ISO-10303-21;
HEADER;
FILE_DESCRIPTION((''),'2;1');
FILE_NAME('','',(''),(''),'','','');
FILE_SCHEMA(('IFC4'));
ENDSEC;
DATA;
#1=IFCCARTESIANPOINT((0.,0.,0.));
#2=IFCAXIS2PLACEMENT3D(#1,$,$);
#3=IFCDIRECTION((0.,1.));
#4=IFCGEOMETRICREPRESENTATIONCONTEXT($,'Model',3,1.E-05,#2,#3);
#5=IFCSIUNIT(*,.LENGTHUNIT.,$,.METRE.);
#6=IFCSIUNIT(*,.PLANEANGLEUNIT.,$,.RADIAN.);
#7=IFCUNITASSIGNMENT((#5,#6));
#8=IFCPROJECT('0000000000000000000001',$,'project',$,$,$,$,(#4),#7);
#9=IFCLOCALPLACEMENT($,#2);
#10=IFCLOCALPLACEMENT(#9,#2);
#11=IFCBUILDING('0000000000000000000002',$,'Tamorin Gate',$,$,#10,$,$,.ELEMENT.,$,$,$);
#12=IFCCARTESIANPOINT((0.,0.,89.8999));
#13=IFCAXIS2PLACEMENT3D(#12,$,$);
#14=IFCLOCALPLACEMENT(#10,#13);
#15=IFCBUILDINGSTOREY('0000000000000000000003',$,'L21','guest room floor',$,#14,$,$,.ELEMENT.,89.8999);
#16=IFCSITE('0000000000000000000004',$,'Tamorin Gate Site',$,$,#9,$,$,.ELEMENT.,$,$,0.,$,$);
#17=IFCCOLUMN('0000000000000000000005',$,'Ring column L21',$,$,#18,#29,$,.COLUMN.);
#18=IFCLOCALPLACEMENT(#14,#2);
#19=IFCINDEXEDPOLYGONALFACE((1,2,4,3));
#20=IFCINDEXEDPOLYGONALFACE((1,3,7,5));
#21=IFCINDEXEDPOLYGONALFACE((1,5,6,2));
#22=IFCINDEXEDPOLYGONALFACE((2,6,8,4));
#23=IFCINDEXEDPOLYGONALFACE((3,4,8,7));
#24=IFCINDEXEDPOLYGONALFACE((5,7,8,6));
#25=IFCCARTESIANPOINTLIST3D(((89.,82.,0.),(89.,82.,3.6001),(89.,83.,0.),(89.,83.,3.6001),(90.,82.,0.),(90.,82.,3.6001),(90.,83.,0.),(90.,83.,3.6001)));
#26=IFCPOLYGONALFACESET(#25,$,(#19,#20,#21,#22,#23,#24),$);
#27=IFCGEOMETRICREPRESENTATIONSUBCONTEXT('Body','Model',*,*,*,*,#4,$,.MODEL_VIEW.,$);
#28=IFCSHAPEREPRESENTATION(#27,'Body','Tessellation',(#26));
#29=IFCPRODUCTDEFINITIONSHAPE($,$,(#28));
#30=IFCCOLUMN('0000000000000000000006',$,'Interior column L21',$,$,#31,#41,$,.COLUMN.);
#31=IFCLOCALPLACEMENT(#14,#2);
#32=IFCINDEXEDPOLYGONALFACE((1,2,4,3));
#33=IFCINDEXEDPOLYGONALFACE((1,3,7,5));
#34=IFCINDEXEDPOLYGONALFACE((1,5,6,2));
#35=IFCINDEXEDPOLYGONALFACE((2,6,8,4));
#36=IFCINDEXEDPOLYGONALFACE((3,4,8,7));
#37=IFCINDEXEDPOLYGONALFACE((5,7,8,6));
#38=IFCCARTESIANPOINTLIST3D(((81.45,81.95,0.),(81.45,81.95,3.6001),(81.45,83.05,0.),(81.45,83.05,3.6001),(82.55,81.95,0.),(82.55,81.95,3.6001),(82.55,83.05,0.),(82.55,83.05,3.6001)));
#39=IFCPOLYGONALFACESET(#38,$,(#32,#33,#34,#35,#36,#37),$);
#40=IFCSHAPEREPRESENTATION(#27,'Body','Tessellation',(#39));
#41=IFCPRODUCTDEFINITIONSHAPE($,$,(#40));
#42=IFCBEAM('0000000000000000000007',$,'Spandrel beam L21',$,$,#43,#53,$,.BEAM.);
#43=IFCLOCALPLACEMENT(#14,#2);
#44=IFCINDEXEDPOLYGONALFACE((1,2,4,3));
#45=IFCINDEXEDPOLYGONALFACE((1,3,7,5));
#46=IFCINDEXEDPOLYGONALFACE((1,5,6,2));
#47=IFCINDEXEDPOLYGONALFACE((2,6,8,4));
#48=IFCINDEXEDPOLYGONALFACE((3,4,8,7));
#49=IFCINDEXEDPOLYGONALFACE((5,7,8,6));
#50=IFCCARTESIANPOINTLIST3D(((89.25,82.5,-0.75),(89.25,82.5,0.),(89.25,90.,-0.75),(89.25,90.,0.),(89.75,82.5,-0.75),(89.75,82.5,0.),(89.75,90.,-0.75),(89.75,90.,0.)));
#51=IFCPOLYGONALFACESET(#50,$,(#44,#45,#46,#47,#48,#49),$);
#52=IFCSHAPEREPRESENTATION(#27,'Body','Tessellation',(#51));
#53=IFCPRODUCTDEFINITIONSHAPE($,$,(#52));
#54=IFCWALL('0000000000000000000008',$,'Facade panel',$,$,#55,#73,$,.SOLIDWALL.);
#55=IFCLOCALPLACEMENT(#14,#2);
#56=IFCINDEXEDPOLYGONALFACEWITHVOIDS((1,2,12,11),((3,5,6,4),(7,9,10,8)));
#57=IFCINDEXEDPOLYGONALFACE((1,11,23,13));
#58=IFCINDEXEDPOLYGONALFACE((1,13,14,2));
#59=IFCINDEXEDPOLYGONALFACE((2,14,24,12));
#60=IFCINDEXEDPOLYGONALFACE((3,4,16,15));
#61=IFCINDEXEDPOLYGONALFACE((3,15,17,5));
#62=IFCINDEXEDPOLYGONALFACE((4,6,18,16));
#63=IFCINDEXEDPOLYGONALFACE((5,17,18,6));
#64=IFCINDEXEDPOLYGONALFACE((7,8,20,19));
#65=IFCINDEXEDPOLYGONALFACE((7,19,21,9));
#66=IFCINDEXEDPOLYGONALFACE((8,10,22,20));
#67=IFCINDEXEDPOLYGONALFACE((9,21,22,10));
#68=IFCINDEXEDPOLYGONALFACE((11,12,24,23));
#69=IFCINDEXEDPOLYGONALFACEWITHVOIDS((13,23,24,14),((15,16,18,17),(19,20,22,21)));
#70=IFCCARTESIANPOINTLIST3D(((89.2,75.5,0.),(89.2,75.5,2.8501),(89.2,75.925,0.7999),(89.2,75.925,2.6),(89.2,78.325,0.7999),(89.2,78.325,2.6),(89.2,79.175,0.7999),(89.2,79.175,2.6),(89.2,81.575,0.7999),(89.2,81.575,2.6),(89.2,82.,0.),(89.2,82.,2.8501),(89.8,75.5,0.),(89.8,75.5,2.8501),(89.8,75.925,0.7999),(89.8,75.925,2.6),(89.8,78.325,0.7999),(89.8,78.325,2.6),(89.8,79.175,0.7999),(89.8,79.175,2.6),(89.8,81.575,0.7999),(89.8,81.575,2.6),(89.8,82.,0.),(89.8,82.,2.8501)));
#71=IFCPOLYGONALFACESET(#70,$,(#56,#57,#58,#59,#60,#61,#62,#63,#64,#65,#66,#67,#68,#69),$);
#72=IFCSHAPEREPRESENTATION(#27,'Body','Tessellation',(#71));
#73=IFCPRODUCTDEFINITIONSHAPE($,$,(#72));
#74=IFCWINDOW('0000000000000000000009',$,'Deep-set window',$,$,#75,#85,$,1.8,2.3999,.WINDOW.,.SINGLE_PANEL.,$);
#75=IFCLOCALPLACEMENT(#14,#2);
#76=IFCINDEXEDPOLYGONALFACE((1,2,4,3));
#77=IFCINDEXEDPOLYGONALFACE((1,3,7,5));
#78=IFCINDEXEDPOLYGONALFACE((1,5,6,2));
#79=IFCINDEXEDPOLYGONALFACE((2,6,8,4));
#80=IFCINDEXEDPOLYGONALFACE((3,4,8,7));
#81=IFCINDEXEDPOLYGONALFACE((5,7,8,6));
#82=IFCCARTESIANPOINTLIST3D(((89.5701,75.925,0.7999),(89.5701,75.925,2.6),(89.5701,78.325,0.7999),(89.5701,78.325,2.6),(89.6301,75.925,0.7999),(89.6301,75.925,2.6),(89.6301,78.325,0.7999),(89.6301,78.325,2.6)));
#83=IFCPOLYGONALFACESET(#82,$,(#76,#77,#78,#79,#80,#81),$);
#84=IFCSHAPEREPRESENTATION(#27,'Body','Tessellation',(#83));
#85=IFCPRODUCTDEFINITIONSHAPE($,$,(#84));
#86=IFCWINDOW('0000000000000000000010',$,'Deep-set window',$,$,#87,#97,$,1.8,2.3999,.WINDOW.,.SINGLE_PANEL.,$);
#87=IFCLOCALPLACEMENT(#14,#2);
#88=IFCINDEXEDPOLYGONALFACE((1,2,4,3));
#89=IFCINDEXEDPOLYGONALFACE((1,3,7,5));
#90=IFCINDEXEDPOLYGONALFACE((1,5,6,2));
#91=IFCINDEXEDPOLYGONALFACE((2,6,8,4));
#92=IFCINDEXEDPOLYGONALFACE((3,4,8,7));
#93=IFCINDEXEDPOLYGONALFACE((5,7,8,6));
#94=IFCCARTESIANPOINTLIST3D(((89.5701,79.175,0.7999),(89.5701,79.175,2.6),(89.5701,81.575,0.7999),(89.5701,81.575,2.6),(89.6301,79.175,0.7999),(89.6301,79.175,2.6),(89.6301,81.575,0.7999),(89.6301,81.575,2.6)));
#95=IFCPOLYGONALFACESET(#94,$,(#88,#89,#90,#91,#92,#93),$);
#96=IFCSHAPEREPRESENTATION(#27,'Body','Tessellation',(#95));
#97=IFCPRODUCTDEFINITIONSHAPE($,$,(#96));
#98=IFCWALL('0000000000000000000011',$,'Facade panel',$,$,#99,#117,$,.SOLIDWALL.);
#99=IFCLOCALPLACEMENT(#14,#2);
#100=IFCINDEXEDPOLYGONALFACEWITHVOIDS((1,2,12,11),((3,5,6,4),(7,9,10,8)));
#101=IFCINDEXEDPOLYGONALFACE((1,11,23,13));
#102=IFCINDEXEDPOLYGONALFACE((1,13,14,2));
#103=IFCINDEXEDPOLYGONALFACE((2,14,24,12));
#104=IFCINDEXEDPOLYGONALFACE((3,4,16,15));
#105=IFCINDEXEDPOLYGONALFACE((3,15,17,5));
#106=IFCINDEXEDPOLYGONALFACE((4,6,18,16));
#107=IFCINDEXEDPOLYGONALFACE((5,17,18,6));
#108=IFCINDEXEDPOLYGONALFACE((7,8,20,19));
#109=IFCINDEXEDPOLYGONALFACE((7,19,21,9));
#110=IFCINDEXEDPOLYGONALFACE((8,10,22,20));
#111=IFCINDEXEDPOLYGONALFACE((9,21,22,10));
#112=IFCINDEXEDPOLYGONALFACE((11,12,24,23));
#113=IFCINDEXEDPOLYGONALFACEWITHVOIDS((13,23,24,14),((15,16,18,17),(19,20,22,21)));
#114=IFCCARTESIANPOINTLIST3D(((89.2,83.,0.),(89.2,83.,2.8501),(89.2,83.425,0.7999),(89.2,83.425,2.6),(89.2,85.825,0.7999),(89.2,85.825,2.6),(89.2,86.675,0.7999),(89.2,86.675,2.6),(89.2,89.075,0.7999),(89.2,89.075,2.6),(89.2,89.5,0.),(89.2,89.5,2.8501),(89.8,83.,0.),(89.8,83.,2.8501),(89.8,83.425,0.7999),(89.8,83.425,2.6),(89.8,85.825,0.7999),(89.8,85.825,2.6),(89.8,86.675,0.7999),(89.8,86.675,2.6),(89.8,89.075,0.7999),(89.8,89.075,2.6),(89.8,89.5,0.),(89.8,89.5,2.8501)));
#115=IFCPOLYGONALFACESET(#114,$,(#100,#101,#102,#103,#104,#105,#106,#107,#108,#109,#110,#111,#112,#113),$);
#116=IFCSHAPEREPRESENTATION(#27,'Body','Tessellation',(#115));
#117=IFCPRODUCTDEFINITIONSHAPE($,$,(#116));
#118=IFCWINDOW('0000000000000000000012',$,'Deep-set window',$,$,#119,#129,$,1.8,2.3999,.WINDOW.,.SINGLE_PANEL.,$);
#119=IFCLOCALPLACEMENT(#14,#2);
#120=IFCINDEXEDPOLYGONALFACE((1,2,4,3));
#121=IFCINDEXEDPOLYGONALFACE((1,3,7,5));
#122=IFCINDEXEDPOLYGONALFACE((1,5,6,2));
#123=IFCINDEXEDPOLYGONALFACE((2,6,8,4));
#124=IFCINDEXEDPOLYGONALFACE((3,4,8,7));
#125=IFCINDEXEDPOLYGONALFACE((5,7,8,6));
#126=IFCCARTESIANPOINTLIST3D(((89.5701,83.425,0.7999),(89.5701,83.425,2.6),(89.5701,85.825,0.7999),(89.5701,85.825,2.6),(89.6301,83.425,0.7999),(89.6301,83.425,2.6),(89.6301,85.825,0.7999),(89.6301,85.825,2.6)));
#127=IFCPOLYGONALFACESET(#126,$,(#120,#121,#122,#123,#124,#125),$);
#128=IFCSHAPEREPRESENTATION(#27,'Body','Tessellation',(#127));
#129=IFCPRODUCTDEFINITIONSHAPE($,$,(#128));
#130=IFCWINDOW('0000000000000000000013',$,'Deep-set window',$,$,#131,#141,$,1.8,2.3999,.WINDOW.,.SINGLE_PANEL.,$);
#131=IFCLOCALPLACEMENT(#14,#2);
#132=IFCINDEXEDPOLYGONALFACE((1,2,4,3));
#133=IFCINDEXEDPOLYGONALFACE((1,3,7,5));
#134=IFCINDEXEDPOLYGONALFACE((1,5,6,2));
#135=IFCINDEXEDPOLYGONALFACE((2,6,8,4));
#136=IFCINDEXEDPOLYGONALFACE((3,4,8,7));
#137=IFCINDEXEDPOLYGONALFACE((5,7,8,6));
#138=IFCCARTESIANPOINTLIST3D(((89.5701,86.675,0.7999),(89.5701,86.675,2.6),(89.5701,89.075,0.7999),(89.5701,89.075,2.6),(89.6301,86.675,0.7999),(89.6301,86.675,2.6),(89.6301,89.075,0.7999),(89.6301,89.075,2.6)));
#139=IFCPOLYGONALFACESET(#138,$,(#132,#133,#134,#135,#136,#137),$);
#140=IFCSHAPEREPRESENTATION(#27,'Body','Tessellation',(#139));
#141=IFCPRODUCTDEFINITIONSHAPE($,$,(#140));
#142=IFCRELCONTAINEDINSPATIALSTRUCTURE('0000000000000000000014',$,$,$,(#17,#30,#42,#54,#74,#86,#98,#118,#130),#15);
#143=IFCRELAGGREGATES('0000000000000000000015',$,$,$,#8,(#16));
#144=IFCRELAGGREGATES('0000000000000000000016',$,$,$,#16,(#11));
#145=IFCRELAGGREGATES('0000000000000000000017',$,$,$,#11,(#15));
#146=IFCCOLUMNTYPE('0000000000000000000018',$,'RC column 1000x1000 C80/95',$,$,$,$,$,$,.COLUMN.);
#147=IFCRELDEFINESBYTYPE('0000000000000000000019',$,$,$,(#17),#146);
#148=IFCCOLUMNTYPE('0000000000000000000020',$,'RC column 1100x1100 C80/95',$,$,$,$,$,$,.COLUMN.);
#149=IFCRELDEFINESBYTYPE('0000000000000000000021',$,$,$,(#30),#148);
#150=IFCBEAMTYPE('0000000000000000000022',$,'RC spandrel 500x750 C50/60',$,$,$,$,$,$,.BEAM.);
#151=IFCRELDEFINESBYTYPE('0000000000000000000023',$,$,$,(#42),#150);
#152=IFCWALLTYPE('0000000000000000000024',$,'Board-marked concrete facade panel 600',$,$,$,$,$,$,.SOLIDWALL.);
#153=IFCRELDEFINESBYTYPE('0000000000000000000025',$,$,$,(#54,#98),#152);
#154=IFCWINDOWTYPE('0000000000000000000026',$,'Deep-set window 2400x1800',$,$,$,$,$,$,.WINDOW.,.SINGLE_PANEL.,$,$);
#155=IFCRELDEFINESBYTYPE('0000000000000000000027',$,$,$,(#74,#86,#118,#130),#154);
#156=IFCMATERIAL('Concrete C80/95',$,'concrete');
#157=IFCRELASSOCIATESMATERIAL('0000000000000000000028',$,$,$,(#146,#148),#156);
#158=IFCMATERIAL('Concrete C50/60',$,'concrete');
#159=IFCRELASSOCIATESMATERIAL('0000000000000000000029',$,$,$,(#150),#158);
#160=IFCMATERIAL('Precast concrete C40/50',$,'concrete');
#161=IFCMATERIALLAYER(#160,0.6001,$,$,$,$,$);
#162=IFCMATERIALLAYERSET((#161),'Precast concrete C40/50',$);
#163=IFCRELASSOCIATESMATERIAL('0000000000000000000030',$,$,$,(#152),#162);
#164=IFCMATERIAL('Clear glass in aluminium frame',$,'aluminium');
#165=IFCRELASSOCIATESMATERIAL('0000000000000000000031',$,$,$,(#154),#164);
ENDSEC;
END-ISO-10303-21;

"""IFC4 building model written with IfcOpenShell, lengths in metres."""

from ifc_helpers import new_model, si_unit, direction, frame, frame_2d, origin, origin_2d, place, context, subcontext, project, spatial, rectangle, extrude, material, layer, layer_set, material_profile, profile_set, type_object, element, fill, save


model = new_model("IFC4")

# Units and contexts
model_context = context("Model", 3, precision=1e-05, world=origin(), true_north=direction((0.0, 1.0)))
body_context = subcontext(model_context, "Body", "Model", "MODEL_VIEW")
ifc_project = project(units=[si_unit("LENGTHUNIT", "METRE"), si_unit("PLANEANGLEUNIT", "RADIAN")], contexts=[model_context])

# Site, building, storey
site_placement = place(None, origin())
site = spatial("IfcSite", under=ifc_project, at=site_placement, Name="Tamorin Gate Site", CompositionType="ELEMENT", RefElevation=0.0)
building_placement = place(site_placement, origin())
building = spatial("IfcBuilding", under=site, at=building_placement, Name="Tamorin Gate", CompositionType="ELEMENT")
storey_placement = place(building_placement, frame((0.0, 0.0, 89.8999)))
storey = spatial("IfcBuildingStorey", under=building, at=storey_placement, Name="L21", Description="guest room floor", CompositionType="ELEMENT", Elevation=89.8999)

# Columns
ifc_material_1 = material(Name="Concrete C80/95", Category="concrete")
ifc_material_profile_1 = material_profile(ifc_material_1, rectangle(XDim=1.0, YDim=1.0, at=origin_2d()), Name="RC 1000x1000")
ifc_profile_set_1 = profile_set([ifc_material_profile_1], Name="Concrete C80/95")
column_type_1 = type_object("IfcColumnType", Name="RC column 1000x1000 C80/95", PredefinedType="COLUMN", material=ifc_profile_set_1)
column_1_placement = place(storey_placement, frame((89.5, 82.5, 0.0), z_axis=(0.0, 0.0, 1.0), x_axis=(1.0, 0.0, 0.0)))
element("IfcColumn", 1, at=column_1_placement, inside=storey, type_object=column_type_1, Name="Ring column L21", PredefinedType="COLUMN", context=body_context, shape_type="SweptSolid", body=[
    extrude(rectangle(XDim=1.0, YDim=1.0, at=origin_2d()), origin(), (0.0, 0.0, 1.0), 3.6001),
])
ifc_material_profile_2 = material_profile(ifc_material_1, rectangle(XDim=1.1001, YDim=1.1001, at=origin_2d()), Name="RC 1100x1100")
ifc_profile_set_2 = profile_set([ifc_material_profile_2], Name="Concrete C80/95")
column_type_2 = type_object("IfcColumnType", Name="RC column 1100x1100 C80/95", PredefinedType="COLUMN", material=ifc_profile_set_2)
column_2_placement = place(storey_placement, frame((82.0, 82.5, 0.0), z_axis=(0.0, 0.0, 1.0), x_axis=(1.0, 0.0, 0.0)))
element("IfcColumn", 2, at=column_2_placement, inside=storey, type_object=column_type_2, Name="Interior column L21", PredefinedType="COLUMN", context=body_context, shape_type="SweptSolid", body=[
    extrude(rectangle(XDim=1.1001, YDim=1.1001, at=origin_2d()), origin(), (0.0, 0.0, 1.0), 3.6001),
])

# Beam
ifc_material_2 = material(Name="Concrete C50/60", Category="concrete")
ifc_material_profile_3 = material_profile(ifc_material_2, rectangle(XDim=0.5, YDim=0.75, at=origin_2d()), Name="RC 500x750")
ifc_profile_set_3 = profile_set([ifc_material_profile_3], Name="Concrete C50/60")
beam_type = type_object("IfcBeamType", Name="RC spandrel 500x750 C50/60", PredefinedType="BEAM", material=ifc_profile_set_3)
beam_placement = place(storey_placement, frame((89.5, 82.5, -0.375), z_axis=(0.0, 1.0, 0.0), x_axis=(-1.0, 0.0, 0.0)))
element("IfcBeam", 3, at=beam_placement, inside=storey, type_object=beam_type, Name="Spandrel beam L21", PredefinedType="BEAM", context=body_context, shape_type="SweptSolid", body=[
    extrude(rectangle(XDim=0.5, YDim=0.75, at=origin_2d()), origin(), (0.0, 0.0, 1.0), 7.5),
])

# Walls, openings, windows
ifc_material_3 = material(Name="Precast concrete C40/50", Category="concrete")
ifc_layer_1 = layer(ifc_material_3, 0.6001)
ifc_layer_set_1 = layer_set([ifc_layer_1], Name="Precast concrete C40/50")
wall_type_1 = type_object("IfcWallType", Name="Board-marked concrete facade panel 600", PredefinedType="SOLIDWALL", material=ifc_layer_set_1)
wall_1_placement = place(storey_placement, frame((89.5, 75.5, 0.0), z_axis=(0.0, 0.0, 1.0), x_axis=(0.0, 1.0, 0.0)))
wall_1 = element("IfcWall", 4, at=wall_1_placement, inside=storey, type_object=wall_type_1, Name="Facade panel", PredefinedType="SOLIDWALL", context=body_context, shape_type="SweptSolid", body=[
    extrude(rectangle(XDim=6.5, YDim=0.6001, at=frame_2d((3.25, 0.0))), origin(), (0.0, 0.0, 1.0), 2.8501),
])
opening_1_placement = place(wall_1_placement, frame((0.425, 0.0, 0.8)))
opening_1 = element("IfcOpeningElement", 5, at=opening_1_placement, cuts=wall_1, PredefinedType="OPENING", context=body_context, shape_type="SweptSolid", body=[
    extrude(rectangle(XDim=2.3999, YDim=1.8, at=frame_2d((1.2, 0.8999))), frame((0.0, 0.3101, 0.0), z_axis=(0.0, -1.0, 0.0), x_axis=(1.0, 0.0, 0.0)), (0.0, 0.0, 1.0), 0.6201),
])
opening_2_placement = place(wall_1_placement, frame((3.675, 0.0, 0.8)))
opening_2 = element("IfcOpeningElement", 6, at=opening_2_placement, cuts=wall_1, PredefinedType="OPENING", context=body_context, shape_type="SweptSolid", body=[
    extrude(rectangle(XDim=2.3999, YDim=1.8, at=frame_2d((1.2, 0.8999))), frame((0.0, 0.3101, 0.0), z_axis=(0.0, -1.0, 0.0), x_axis=(1.0, 0.0, 0.0)), (0.0, 0.0, 1.0), 0.6201),
])
ifc_material_4 = material(Name="Clear glass in aluminium frame", Category="aluminium")
window_type = type_object("IfcWindowType", Name="Deep-set window 2400x1800", PartitioningType="SINGLE_PANEL", PredefinedType="WINDOW", material=ifc_material_4)
window_1_placement = place(opening_1_placement, origin())
window_1 = element("IfcWindow", 7, at=window_1_placement, inside=storey, type_object=window_type, Name="Deep-set window", OverallHeight=1.8, OverallWidth=2.3999, PartitioningType="SINGLE_PANEL", PredefinedType="WINDOW", context=body_context, shape_type="SweptSolid", body=[
    extrude(rectangle(XDim=2.3999, YDim=1.8, at=frame_2d((1.2, 0.8999))), frame((0.0, -0.0701, 0.0), z_axis=(0.0, -1.0, 0.0), x_axis=(1.0, 0.0, 0.0)), (0.0, 0.0, 1.0), 0.0601),
])
fill(opening_1, window_1)
window_2_placement = place(opening_2_placement, origin())
window_2 = element("IfcWindow", 8, at=window_2_placement, inside=storey, type_object=window_type, Name="Deep-set window", OverallHeight=1.8, OverallWidth=2.3999, PartitioningType="SINGLE_PANEL", PredefinedType="WINDOW", context=body_context, shape_type="SweptSolid", body=[
    extrude(rectangle(XDim=2.3999, YDim=1.8, at=frame_2d((1.2, 0.8999))), frame((0.0, -0.0701, 0.0), z_axis=(0.0, -1.0, 0.0), x_axis=(1.0, 0.0, 0.0)), (0.0, 0.0, 1.0), 0.0601),
])
fill(opening_2, window_2)
wall_2_placement = place(storey_placement, frame((89.5, 83.0, 0.0), z_axis=(0.0, 0.0, 1.0), x_axis=(0.0, 1.0, 0.0)))
wall_2 = element("IfcWall", 9, at=wall_2_placement, inside=storey, type_object=wall_type_1, Name="Facade panel", PredefinedType="SOLIDWALL", context=body_context, shape_type="SweptSolid", body=[
    extrude(rectangle(XDim=6.5, YDim=0.6001, at=frame_2d((3.25, 0.0))), origin(), (0.0, 0.0, 1.0), 2.8501),
])
opening_3_placement = place(wall_2_placement, frame((0.425, 0.0, 0.8)))
opening_3 = element("IfcOpeningElement", 10, at=opening_3_placement, cuts=wall_2, PredefinedType="OPENING", context=body_context, shape_type="SweptSolid", body=[
    extrude(rectangle(XDim=2.3999, YDim=1.8, at=frame_2d((1.2, 0.8999))), frame((0.0, 0.3101, 0.0), z_axis=(0.0, -1.0, 0.0), x_axis=(1.0, 0.0, 0.0)), (0.0, 0.0, 1.0), 0.6201),
])
opening_4_placement = place(wall_2_placement, frame((3.675, 0.0, 0.8)))
opening_4 = element("IfcOpeningElement", 11, at=opening_4_placement, cuts=wall_2, PredefinedType="OPENING", context=body_context, shape_type="SweptSolid", body=[
    extrude(rectangle(XDim=2.3999, YDim=1.8, at=frame_2d((1.2, 0.8999))), frame((0.0, 0.3101, 0.0), z_axis=(0.0, -1.0, 0.0), x_axis=(1.0, 0.0, 0.0)), (0.0, 0.0, 1.0), 0.6201),
])
window_3_placement = place(opening_3_placement, origin())
window_3 = element("IfcWindow", 12, at=window_3_placement, inside=storey, type_object=window_type, Name="Deep-set window", OverallHeight=1.8, OverallWidth=2.3999, PartitioningType="SINGLE_PANEL", PredefinedType="WINDOW", context=body_context, shape_type="SweptSolid", body=[
    extrude(rectangle(XDim=2.3999, YDim=1.8, at=frame_2d((1.2, 0.8999))), frame((0.0, -0.0701, 0.0), z_axis=(0.0, -1.0, 0.0), x_axis=(1.0, 0.0, 0.0)), (0.0, 0.0, 1.0), 0.0601),
])
fill(opening_3, window_3)
window_4_placement = place(opening_4_placement, origin())
window_4 = element("IfcWindow", 13, at=window_4_placement, inside=storey, type_object=window_type, Name="Deep-set window", OverallHeight=1.8, OverallWidth=2.3999, PartitioningType="SINGLE_PANEL", PredefinedType="WINDOW", context=body_context, shape_type="SweptSolid", body=[
    extrude(rectangle(XDim=2.3999, YDim=1.8, at=frame_2d((1.2, 0.8999))), frame((0.0, -0.0701, 0.0), z_axis=(0.0, -1.0, 0.0), x_axis=(1.0, 0.0, 0.0)), (0.0, 0.0, 1.0), 0.0601),
])
fill(opening_4, window_4)

save(model, "model.ifc")
